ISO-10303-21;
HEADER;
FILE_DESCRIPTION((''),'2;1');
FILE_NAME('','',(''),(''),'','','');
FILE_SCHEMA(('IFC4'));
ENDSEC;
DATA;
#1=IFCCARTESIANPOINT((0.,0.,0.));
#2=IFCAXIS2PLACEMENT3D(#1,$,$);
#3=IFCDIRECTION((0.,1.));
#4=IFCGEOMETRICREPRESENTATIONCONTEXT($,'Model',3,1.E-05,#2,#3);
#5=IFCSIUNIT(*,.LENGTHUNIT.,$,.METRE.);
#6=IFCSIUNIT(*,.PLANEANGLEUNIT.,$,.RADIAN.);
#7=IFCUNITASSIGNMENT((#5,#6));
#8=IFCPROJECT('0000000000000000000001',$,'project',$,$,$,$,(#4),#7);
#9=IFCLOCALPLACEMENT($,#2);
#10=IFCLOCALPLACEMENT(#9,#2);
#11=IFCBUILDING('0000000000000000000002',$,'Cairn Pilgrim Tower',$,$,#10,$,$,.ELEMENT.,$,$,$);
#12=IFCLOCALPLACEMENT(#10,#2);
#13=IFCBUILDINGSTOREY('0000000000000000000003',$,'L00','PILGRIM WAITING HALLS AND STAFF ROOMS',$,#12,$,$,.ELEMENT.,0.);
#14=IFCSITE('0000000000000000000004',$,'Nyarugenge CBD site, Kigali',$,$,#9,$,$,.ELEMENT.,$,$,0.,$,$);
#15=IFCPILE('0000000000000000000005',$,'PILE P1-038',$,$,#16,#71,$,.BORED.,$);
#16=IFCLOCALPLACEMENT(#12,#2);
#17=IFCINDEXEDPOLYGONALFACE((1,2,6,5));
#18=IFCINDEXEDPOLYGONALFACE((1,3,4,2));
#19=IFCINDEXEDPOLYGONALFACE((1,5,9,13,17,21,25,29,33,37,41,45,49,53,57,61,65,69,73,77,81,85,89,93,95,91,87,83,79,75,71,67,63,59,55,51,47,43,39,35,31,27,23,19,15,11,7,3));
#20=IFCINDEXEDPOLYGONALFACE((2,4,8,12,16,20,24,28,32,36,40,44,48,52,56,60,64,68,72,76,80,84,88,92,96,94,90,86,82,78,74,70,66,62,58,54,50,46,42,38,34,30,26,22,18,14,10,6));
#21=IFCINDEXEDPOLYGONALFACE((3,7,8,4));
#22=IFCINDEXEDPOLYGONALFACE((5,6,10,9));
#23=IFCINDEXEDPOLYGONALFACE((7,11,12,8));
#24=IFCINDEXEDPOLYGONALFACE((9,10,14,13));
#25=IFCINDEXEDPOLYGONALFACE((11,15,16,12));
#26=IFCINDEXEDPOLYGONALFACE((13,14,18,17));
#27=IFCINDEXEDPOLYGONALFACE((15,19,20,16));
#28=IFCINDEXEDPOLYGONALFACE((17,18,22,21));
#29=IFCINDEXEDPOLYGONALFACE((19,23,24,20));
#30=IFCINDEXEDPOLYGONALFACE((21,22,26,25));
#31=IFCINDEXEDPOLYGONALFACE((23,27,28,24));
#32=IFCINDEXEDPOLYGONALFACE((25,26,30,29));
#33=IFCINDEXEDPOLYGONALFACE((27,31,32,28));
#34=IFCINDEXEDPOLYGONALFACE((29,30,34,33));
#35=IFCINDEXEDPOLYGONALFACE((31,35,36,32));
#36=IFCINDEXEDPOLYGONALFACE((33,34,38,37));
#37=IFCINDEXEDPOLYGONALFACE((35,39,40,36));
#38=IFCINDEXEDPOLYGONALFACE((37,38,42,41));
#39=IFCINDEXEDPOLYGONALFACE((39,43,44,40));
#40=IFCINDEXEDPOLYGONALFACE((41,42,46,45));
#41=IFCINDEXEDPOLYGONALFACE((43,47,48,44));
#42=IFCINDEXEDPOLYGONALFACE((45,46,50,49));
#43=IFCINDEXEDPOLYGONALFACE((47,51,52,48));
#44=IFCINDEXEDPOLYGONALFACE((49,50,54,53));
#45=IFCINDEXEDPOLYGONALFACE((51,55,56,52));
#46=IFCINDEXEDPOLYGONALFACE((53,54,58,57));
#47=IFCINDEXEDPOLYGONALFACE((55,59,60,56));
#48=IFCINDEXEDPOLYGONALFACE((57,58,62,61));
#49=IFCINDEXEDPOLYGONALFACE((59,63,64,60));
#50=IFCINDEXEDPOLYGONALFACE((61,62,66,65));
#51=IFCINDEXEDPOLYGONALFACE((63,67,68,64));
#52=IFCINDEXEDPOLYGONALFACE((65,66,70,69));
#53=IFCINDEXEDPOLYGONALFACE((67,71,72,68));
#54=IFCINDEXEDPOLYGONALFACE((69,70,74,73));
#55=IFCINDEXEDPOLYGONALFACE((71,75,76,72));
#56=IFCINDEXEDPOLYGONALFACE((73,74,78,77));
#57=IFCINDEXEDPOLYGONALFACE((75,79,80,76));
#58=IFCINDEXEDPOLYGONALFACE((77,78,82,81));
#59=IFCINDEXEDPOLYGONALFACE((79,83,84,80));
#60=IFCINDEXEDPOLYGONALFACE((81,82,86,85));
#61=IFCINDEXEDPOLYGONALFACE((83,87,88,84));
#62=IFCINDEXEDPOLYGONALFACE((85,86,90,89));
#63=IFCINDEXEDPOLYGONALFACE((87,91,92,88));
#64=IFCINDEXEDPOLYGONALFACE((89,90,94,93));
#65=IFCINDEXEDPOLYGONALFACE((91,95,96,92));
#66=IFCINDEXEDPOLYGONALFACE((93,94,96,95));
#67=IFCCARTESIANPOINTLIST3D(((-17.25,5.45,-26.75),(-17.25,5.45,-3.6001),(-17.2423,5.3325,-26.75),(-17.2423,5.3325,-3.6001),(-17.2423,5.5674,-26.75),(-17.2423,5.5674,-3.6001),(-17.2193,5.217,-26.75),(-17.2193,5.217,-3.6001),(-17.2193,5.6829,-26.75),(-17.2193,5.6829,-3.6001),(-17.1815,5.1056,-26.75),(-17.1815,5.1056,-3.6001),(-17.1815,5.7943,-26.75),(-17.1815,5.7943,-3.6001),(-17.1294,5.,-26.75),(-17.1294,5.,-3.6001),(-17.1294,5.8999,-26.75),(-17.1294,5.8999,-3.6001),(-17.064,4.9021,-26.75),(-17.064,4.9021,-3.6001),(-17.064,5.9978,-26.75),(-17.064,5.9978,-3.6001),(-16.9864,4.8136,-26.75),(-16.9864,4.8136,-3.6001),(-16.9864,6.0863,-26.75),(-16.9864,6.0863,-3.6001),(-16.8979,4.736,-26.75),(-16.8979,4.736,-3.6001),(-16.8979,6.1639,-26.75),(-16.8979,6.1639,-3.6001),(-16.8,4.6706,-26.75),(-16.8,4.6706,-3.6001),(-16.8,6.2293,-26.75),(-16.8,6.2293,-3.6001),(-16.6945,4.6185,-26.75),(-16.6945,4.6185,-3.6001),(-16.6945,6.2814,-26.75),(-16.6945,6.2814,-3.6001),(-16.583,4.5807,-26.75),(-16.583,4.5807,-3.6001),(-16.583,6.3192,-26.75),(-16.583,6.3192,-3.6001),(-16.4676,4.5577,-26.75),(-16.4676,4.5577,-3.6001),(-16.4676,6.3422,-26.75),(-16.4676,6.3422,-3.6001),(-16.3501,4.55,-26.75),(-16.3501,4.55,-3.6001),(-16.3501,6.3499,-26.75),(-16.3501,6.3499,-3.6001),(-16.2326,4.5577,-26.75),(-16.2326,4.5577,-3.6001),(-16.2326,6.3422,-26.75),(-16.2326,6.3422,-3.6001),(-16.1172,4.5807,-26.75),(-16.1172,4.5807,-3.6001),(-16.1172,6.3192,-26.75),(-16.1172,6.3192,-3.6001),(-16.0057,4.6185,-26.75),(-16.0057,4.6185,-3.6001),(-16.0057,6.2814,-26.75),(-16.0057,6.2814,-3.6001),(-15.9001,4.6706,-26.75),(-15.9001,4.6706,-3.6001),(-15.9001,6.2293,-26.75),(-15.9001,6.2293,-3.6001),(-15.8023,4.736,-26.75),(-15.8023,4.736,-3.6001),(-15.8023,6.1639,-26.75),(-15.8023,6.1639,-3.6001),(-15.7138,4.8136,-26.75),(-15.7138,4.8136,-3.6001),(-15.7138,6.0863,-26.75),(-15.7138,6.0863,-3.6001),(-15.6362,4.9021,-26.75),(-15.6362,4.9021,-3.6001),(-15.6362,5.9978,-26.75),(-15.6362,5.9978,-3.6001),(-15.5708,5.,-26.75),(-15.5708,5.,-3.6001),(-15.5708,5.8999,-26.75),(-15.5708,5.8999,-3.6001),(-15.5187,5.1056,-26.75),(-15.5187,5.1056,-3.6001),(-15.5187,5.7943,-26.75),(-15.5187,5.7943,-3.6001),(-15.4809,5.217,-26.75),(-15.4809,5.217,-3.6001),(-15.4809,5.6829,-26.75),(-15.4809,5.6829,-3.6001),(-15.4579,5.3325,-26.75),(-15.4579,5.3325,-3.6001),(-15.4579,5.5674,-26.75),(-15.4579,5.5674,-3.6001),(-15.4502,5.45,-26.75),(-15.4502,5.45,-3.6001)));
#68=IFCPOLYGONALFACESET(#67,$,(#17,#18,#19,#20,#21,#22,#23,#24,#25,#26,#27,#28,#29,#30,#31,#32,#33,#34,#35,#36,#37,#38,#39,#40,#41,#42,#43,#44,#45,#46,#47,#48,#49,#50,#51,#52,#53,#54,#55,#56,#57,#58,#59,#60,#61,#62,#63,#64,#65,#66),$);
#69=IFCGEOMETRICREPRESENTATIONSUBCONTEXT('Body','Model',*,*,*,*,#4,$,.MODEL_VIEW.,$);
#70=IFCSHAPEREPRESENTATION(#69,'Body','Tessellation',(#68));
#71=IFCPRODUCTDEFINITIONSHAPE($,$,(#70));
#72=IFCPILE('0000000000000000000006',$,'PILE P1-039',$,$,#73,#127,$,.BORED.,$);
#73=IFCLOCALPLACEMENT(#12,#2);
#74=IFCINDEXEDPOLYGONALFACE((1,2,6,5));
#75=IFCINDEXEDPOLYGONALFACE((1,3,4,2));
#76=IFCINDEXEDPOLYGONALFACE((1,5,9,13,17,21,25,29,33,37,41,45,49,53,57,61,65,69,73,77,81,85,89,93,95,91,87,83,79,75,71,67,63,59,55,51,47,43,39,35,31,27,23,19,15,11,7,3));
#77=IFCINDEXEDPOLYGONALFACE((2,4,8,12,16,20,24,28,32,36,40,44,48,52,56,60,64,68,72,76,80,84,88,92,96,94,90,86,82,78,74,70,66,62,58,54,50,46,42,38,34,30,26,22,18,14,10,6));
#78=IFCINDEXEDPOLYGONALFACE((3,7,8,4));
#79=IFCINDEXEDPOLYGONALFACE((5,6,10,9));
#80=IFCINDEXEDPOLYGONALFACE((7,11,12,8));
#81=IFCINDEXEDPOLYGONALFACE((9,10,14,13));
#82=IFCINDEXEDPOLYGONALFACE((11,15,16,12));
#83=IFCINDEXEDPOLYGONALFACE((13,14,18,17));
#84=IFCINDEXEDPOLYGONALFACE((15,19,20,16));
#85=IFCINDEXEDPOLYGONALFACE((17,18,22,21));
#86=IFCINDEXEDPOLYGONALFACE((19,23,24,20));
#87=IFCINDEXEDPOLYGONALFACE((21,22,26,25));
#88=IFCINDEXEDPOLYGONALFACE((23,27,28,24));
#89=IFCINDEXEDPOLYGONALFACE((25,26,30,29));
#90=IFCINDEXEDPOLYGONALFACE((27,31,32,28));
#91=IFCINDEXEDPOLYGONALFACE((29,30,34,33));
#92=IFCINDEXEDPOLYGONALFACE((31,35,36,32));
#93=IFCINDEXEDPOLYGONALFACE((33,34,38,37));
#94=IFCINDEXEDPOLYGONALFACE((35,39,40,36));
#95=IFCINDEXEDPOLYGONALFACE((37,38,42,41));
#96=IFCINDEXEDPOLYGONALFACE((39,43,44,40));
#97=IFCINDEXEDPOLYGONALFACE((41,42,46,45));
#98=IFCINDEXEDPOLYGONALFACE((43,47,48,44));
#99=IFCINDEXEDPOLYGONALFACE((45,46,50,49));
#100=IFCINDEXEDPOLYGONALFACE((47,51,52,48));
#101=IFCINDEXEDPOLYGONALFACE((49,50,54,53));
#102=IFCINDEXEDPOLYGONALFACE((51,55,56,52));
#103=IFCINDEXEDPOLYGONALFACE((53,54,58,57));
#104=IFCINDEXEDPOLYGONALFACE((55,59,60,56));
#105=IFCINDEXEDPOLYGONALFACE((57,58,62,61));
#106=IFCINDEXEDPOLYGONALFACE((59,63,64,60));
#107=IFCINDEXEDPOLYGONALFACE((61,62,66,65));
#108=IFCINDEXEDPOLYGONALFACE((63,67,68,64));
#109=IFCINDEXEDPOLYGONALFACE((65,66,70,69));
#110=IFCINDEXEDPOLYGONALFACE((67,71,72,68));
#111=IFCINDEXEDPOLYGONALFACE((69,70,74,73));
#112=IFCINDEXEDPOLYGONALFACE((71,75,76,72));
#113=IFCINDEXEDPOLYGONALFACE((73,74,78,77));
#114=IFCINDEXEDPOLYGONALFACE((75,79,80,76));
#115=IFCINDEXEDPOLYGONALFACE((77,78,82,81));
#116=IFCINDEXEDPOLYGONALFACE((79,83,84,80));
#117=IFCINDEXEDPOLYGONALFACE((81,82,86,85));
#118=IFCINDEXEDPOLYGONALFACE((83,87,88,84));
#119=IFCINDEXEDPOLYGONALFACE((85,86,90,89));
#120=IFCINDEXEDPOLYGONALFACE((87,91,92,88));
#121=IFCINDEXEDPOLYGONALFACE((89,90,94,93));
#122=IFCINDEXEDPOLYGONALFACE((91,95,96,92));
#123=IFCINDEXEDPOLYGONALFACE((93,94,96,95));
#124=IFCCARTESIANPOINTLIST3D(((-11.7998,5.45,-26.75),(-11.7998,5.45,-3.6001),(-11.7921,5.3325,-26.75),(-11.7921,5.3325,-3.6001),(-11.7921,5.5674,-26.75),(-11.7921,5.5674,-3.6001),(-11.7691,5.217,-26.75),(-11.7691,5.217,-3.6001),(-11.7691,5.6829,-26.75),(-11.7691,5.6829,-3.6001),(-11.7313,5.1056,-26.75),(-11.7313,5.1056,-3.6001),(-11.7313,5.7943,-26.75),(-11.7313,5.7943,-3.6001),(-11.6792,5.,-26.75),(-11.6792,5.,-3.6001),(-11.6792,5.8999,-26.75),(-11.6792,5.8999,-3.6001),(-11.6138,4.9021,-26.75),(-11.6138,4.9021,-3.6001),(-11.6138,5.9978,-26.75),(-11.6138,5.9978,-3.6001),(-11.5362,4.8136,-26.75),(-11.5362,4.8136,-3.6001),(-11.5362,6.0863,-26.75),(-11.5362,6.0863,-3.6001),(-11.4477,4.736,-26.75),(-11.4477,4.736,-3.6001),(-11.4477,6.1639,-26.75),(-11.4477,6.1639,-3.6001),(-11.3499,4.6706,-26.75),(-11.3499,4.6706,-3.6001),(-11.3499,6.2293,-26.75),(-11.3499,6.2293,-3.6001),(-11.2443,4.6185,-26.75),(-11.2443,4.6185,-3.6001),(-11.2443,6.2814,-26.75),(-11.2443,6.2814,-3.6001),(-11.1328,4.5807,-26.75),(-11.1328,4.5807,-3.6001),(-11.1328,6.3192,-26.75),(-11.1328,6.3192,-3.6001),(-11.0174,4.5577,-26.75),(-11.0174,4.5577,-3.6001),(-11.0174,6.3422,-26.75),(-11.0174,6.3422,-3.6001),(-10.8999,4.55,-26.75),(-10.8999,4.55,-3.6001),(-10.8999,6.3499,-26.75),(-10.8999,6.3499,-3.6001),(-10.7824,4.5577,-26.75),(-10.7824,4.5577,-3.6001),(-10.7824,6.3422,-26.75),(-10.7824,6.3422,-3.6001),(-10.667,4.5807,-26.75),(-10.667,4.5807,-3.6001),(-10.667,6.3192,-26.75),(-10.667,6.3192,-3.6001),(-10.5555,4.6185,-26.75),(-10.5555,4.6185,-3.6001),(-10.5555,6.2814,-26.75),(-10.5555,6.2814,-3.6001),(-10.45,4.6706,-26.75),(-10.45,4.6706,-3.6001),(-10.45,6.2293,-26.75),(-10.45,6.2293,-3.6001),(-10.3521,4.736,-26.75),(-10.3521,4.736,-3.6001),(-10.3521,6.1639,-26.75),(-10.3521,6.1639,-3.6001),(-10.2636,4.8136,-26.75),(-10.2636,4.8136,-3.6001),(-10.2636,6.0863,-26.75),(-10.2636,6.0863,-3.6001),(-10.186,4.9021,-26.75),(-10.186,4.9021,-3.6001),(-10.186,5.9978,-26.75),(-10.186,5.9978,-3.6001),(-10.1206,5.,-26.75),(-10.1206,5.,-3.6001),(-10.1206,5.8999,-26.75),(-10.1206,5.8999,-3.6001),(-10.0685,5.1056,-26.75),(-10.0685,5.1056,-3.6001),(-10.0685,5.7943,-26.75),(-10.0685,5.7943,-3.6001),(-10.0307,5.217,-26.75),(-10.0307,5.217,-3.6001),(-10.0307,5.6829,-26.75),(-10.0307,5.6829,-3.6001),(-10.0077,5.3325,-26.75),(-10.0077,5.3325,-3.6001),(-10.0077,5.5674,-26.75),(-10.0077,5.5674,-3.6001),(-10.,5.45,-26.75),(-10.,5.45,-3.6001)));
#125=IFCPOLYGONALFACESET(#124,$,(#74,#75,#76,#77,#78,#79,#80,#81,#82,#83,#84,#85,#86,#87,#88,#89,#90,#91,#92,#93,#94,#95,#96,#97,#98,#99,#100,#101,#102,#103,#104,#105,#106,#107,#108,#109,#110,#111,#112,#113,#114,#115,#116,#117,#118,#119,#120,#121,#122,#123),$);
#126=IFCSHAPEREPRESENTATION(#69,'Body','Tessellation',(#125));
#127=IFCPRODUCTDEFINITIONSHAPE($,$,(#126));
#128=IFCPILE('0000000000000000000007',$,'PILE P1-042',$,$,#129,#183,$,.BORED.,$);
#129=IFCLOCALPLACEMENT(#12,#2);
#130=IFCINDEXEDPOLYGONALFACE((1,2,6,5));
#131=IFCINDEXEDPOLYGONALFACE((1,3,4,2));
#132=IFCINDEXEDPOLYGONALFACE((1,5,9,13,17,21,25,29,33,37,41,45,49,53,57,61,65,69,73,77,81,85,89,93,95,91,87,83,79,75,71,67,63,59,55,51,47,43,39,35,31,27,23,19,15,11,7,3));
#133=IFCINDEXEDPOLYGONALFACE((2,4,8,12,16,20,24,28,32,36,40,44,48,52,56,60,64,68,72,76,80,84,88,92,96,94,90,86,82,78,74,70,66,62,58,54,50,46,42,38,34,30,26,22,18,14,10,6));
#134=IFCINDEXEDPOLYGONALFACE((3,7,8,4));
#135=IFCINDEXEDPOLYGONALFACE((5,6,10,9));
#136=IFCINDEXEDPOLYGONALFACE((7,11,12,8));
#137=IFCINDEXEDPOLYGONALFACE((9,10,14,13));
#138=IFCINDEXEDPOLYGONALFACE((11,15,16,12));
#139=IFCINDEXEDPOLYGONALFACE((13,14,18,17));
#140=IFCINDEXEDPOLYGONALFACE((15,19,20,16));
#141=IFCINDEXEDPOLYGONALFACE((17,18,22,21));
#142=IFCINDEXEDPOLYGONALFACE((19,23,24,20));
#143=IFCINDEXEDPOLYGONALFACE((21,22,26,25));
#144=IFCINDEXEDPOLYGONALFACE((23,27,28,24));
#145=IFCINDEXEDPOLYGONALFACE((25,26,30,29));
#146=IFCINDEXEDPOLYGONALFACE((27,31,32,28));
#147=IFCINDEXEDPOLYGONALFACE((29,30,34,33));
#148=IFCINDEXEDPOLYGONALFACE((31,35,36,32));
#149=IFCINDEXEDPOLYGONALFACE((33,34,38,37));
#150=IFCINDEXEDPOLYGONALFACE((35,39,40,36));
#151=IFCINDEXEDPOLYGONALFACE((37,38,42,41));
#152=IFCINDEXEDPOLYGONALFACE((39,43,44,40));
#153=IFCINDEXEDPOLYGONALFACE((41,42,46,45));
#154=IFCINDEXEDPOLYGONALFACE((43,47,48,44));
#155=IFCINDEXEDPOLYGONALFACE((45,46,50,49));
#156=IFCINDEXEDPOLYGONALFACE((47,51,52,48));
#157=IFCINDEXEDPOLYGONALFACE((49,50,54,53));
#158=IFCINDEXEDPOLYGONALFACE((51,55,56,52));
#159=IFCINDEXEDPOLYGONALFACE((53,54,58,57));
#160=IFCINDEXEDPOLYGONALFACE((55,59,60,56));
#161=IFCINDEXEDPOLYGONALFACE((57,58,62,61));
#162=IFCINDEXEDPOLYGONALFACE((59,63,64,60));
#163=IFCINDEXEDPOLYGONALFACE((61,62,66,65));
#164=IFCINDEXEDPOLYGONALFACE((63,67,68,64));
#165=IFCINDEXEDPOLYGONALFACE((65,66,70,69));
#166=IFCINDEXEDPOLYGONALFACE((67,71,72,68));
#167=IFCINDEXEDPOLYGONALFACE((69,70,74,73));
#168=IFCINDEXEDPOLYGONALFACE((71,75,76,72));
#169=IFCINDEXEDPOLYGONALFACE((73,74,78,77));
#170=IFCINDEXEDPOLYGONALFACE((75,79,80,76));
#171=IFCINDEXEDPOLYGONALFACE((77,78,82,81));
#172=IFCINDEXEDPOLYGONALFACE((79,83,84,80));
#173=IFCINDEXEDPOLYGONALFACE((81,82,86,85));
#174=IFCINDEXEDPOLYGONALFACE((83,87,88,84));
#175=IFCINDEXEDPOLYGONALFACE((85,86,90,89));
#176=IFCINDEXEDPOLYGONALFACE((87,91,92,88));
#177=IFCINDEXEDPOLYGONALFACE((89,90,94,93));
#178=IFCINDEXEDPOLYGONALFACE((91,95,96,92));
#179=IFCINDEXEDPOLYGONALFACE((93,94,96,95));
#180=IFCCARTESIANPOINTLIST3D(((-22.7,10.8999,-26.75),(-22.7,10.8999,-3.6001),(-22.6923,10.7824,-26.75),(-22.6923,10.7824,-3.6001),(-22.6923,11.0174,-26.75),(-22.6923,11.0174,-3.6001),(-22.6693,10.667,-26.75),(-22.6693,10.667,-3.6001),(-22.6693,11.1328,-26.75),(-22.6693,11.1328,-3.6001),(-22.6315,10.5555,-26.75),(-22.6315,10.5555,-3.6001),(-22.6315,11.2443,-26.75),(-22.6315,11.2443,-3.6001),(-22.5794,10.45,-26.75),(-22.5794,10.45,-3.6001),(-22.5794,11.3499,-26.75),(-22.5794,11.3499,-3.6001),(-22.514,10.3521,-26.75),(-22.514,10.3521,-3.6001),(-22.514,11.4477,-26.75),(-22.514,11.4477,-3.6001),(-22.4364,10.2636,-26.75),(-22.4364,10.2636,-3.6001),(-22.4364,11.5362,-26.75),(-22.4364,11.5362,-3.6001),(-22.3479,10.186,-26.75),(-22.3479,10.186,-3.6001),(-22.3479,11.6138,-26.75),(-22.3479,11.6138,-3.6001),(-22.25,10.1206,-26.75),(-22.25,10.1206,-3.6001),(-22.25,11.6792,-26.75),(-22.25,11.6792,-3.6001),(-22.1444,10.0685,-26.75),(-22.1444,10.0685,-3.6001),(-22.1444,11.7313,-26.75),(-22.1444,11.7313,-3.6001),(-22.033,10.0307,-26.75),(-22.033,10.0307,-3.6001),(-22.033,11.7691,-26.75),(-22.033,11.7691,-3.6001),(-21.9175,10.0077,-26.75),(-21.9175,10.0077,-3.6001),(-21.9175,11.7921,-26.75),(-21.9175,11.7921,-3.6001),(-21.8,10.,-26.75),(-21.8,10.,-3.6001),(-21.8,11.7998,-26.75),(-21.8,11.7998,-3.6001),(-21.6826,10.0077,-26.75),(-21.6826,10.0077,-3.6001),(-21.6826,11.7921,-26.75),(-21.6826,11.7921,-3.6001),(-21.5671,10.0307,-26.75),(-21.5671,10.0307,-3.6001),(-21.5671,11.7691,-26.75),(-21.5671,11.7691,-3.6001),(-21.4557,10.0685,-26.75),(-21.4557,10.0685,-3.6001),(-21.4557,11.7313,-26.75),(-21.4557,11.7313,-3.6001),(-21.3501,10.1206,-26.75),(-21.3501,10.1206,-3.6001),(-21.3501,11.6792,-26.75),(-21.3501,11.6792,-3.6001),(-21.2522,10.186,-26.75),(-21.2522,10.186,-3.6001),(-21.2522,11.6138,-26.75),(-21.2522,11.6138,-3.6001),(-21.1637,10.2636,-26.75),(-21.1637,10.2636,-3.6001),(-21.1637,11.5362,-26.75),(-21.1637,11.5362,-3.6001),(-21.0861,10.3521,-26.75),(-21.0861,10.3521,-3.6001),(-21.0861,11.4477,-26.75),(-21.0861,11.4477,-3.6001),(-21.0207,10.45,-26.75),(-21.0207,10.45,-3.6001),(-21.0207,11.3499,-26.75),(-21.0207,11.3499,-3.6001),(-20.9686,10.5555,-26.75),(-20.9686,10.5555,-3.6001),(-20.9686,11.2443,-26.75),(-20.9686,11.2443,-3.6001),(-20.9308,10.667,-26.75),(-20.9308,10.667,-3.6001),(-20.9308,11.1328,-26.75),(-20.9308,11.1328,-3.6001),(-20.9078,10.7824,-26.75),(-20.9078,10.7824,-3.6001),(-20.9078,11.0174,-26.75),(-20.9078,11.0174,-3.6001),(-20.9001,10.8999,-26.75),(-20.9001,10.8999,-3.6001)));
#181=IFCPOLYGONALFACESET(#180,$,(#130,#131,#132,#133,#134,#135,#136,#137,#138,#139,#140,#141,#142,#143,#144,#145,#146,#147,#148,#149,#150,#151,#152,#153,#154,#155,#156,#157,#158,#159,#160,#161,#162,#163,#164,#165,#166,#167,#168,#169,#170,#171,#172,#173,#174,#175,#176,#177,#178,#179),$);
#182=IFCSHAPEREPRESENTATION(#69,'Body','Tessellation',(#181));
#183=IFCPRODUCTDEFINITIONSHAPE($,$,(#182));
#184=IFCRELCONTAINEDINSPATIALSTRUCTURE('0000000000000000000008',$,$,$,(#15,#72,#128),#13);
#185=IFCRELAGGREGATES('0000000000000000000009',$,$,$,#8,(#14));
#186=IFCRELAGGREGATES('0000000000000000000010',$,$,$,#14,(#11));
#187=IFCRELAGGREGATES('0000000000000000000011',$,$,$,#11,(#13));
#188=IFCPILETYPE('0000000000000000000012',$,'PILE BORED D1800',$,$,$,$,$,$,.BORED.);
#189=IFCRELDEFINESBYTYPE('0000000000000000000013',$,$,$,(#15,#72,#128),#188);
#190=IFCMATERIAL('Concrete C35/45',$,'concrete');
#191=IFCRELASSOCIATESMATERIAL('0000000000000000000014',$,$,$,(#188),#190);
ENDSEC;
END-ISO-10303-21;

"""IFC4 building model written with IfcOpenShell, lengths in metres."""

from ifc_helpers import new_model, si_unit, direction, frame, origin, origin_2d, place, context, subcontext, project, spatial, circle, extrude, material, material_profile, profile_set, type_object, element, save


model = new_model("IFC4")

# Units and contexts
model_context = context("Model", 3, precision=1e-05, world=origin(), true_north=direction((0.0, 1.0)))
body_context = subcontext(model_context, "Body", "Model", "MODEL_VIEW")
ifc_project = project(units=[si_unit("LENGTHUNIT", "METRE"), si_unit("PLANEANGLEUNIT", "RADIAN")], contexts=[model_context])

# Site, building, storey
site_placement = place(None, origin())
site = spatial("IfcSite", under=ifc_project, at=site_placement, Name="Nyarugenge CBD site, Kigali", CompositionType="ELEMENT", RefElevation=0.0)
building_placement = place(site_placement, origin())
building = spatial("IfcBuilding", under=site, at=building_placement, Name="Cairn Pilgrim Tower", CompositionType="ELEMENT")
storey_placement = place(building_placement, origin())
storey = spatial("IfcBuildingStorey", under=building, at=storey_placement, Name="L00", Description="PILGRIM WAITING HALLS AND STAFF ROOMS", CompositionType="ELEMENT", Elevation=0.0)

# Piles
ifc_material_1 = material(Name="Concrete C35/45", Category="concrete")
ifc_material_profile_1 = material_profile(ifc_material_1, circle(Radius=0.8999, at=origin_2d()), Name="D1800")
ifc_profile_set_1 = profile_set([ifc_material_profile_1], Name="Concrete C35/45")
pile_type = type_object("IfcPileType", Name="PILE BORED D1800", PredefinedType="BORED", material=ifc_profile_set_1)
for number, where, z_axis, x_axis, name in (
    (1, (-16.3501, 5.45, -3.6001), (0.0, 0.0, -1.0), (1.0, 0.0, 0.0), "PILE P1-038"),
    (2, (-10.8999, 5.45, -3.6001), (0.0, 0.0, -1.0), (1.0, 0.0, 0.0), "PILE P1-039"),
    (3, (-21.8, 10.8999, -3.6001), (0.0, 0.0, -1.0), (1.0, 0.0, 0.0), "PILE P1-042"),
):
    element("IfcPile", number, at=place(storey_placement, frame(where, z_axis=z_axis, x_axis=x_axis)), inside=storey, type_object=pile_type, Name=name, PredefinedType="BORED", context=body_context, shape_type="SweptSolid", body=[
        extrude(circle(Radius=0.8999, at=origin_2d()), origin(), (0.0, 0.0, 1.0), 23.1499),
    ])

save(model, "model.ifc")
